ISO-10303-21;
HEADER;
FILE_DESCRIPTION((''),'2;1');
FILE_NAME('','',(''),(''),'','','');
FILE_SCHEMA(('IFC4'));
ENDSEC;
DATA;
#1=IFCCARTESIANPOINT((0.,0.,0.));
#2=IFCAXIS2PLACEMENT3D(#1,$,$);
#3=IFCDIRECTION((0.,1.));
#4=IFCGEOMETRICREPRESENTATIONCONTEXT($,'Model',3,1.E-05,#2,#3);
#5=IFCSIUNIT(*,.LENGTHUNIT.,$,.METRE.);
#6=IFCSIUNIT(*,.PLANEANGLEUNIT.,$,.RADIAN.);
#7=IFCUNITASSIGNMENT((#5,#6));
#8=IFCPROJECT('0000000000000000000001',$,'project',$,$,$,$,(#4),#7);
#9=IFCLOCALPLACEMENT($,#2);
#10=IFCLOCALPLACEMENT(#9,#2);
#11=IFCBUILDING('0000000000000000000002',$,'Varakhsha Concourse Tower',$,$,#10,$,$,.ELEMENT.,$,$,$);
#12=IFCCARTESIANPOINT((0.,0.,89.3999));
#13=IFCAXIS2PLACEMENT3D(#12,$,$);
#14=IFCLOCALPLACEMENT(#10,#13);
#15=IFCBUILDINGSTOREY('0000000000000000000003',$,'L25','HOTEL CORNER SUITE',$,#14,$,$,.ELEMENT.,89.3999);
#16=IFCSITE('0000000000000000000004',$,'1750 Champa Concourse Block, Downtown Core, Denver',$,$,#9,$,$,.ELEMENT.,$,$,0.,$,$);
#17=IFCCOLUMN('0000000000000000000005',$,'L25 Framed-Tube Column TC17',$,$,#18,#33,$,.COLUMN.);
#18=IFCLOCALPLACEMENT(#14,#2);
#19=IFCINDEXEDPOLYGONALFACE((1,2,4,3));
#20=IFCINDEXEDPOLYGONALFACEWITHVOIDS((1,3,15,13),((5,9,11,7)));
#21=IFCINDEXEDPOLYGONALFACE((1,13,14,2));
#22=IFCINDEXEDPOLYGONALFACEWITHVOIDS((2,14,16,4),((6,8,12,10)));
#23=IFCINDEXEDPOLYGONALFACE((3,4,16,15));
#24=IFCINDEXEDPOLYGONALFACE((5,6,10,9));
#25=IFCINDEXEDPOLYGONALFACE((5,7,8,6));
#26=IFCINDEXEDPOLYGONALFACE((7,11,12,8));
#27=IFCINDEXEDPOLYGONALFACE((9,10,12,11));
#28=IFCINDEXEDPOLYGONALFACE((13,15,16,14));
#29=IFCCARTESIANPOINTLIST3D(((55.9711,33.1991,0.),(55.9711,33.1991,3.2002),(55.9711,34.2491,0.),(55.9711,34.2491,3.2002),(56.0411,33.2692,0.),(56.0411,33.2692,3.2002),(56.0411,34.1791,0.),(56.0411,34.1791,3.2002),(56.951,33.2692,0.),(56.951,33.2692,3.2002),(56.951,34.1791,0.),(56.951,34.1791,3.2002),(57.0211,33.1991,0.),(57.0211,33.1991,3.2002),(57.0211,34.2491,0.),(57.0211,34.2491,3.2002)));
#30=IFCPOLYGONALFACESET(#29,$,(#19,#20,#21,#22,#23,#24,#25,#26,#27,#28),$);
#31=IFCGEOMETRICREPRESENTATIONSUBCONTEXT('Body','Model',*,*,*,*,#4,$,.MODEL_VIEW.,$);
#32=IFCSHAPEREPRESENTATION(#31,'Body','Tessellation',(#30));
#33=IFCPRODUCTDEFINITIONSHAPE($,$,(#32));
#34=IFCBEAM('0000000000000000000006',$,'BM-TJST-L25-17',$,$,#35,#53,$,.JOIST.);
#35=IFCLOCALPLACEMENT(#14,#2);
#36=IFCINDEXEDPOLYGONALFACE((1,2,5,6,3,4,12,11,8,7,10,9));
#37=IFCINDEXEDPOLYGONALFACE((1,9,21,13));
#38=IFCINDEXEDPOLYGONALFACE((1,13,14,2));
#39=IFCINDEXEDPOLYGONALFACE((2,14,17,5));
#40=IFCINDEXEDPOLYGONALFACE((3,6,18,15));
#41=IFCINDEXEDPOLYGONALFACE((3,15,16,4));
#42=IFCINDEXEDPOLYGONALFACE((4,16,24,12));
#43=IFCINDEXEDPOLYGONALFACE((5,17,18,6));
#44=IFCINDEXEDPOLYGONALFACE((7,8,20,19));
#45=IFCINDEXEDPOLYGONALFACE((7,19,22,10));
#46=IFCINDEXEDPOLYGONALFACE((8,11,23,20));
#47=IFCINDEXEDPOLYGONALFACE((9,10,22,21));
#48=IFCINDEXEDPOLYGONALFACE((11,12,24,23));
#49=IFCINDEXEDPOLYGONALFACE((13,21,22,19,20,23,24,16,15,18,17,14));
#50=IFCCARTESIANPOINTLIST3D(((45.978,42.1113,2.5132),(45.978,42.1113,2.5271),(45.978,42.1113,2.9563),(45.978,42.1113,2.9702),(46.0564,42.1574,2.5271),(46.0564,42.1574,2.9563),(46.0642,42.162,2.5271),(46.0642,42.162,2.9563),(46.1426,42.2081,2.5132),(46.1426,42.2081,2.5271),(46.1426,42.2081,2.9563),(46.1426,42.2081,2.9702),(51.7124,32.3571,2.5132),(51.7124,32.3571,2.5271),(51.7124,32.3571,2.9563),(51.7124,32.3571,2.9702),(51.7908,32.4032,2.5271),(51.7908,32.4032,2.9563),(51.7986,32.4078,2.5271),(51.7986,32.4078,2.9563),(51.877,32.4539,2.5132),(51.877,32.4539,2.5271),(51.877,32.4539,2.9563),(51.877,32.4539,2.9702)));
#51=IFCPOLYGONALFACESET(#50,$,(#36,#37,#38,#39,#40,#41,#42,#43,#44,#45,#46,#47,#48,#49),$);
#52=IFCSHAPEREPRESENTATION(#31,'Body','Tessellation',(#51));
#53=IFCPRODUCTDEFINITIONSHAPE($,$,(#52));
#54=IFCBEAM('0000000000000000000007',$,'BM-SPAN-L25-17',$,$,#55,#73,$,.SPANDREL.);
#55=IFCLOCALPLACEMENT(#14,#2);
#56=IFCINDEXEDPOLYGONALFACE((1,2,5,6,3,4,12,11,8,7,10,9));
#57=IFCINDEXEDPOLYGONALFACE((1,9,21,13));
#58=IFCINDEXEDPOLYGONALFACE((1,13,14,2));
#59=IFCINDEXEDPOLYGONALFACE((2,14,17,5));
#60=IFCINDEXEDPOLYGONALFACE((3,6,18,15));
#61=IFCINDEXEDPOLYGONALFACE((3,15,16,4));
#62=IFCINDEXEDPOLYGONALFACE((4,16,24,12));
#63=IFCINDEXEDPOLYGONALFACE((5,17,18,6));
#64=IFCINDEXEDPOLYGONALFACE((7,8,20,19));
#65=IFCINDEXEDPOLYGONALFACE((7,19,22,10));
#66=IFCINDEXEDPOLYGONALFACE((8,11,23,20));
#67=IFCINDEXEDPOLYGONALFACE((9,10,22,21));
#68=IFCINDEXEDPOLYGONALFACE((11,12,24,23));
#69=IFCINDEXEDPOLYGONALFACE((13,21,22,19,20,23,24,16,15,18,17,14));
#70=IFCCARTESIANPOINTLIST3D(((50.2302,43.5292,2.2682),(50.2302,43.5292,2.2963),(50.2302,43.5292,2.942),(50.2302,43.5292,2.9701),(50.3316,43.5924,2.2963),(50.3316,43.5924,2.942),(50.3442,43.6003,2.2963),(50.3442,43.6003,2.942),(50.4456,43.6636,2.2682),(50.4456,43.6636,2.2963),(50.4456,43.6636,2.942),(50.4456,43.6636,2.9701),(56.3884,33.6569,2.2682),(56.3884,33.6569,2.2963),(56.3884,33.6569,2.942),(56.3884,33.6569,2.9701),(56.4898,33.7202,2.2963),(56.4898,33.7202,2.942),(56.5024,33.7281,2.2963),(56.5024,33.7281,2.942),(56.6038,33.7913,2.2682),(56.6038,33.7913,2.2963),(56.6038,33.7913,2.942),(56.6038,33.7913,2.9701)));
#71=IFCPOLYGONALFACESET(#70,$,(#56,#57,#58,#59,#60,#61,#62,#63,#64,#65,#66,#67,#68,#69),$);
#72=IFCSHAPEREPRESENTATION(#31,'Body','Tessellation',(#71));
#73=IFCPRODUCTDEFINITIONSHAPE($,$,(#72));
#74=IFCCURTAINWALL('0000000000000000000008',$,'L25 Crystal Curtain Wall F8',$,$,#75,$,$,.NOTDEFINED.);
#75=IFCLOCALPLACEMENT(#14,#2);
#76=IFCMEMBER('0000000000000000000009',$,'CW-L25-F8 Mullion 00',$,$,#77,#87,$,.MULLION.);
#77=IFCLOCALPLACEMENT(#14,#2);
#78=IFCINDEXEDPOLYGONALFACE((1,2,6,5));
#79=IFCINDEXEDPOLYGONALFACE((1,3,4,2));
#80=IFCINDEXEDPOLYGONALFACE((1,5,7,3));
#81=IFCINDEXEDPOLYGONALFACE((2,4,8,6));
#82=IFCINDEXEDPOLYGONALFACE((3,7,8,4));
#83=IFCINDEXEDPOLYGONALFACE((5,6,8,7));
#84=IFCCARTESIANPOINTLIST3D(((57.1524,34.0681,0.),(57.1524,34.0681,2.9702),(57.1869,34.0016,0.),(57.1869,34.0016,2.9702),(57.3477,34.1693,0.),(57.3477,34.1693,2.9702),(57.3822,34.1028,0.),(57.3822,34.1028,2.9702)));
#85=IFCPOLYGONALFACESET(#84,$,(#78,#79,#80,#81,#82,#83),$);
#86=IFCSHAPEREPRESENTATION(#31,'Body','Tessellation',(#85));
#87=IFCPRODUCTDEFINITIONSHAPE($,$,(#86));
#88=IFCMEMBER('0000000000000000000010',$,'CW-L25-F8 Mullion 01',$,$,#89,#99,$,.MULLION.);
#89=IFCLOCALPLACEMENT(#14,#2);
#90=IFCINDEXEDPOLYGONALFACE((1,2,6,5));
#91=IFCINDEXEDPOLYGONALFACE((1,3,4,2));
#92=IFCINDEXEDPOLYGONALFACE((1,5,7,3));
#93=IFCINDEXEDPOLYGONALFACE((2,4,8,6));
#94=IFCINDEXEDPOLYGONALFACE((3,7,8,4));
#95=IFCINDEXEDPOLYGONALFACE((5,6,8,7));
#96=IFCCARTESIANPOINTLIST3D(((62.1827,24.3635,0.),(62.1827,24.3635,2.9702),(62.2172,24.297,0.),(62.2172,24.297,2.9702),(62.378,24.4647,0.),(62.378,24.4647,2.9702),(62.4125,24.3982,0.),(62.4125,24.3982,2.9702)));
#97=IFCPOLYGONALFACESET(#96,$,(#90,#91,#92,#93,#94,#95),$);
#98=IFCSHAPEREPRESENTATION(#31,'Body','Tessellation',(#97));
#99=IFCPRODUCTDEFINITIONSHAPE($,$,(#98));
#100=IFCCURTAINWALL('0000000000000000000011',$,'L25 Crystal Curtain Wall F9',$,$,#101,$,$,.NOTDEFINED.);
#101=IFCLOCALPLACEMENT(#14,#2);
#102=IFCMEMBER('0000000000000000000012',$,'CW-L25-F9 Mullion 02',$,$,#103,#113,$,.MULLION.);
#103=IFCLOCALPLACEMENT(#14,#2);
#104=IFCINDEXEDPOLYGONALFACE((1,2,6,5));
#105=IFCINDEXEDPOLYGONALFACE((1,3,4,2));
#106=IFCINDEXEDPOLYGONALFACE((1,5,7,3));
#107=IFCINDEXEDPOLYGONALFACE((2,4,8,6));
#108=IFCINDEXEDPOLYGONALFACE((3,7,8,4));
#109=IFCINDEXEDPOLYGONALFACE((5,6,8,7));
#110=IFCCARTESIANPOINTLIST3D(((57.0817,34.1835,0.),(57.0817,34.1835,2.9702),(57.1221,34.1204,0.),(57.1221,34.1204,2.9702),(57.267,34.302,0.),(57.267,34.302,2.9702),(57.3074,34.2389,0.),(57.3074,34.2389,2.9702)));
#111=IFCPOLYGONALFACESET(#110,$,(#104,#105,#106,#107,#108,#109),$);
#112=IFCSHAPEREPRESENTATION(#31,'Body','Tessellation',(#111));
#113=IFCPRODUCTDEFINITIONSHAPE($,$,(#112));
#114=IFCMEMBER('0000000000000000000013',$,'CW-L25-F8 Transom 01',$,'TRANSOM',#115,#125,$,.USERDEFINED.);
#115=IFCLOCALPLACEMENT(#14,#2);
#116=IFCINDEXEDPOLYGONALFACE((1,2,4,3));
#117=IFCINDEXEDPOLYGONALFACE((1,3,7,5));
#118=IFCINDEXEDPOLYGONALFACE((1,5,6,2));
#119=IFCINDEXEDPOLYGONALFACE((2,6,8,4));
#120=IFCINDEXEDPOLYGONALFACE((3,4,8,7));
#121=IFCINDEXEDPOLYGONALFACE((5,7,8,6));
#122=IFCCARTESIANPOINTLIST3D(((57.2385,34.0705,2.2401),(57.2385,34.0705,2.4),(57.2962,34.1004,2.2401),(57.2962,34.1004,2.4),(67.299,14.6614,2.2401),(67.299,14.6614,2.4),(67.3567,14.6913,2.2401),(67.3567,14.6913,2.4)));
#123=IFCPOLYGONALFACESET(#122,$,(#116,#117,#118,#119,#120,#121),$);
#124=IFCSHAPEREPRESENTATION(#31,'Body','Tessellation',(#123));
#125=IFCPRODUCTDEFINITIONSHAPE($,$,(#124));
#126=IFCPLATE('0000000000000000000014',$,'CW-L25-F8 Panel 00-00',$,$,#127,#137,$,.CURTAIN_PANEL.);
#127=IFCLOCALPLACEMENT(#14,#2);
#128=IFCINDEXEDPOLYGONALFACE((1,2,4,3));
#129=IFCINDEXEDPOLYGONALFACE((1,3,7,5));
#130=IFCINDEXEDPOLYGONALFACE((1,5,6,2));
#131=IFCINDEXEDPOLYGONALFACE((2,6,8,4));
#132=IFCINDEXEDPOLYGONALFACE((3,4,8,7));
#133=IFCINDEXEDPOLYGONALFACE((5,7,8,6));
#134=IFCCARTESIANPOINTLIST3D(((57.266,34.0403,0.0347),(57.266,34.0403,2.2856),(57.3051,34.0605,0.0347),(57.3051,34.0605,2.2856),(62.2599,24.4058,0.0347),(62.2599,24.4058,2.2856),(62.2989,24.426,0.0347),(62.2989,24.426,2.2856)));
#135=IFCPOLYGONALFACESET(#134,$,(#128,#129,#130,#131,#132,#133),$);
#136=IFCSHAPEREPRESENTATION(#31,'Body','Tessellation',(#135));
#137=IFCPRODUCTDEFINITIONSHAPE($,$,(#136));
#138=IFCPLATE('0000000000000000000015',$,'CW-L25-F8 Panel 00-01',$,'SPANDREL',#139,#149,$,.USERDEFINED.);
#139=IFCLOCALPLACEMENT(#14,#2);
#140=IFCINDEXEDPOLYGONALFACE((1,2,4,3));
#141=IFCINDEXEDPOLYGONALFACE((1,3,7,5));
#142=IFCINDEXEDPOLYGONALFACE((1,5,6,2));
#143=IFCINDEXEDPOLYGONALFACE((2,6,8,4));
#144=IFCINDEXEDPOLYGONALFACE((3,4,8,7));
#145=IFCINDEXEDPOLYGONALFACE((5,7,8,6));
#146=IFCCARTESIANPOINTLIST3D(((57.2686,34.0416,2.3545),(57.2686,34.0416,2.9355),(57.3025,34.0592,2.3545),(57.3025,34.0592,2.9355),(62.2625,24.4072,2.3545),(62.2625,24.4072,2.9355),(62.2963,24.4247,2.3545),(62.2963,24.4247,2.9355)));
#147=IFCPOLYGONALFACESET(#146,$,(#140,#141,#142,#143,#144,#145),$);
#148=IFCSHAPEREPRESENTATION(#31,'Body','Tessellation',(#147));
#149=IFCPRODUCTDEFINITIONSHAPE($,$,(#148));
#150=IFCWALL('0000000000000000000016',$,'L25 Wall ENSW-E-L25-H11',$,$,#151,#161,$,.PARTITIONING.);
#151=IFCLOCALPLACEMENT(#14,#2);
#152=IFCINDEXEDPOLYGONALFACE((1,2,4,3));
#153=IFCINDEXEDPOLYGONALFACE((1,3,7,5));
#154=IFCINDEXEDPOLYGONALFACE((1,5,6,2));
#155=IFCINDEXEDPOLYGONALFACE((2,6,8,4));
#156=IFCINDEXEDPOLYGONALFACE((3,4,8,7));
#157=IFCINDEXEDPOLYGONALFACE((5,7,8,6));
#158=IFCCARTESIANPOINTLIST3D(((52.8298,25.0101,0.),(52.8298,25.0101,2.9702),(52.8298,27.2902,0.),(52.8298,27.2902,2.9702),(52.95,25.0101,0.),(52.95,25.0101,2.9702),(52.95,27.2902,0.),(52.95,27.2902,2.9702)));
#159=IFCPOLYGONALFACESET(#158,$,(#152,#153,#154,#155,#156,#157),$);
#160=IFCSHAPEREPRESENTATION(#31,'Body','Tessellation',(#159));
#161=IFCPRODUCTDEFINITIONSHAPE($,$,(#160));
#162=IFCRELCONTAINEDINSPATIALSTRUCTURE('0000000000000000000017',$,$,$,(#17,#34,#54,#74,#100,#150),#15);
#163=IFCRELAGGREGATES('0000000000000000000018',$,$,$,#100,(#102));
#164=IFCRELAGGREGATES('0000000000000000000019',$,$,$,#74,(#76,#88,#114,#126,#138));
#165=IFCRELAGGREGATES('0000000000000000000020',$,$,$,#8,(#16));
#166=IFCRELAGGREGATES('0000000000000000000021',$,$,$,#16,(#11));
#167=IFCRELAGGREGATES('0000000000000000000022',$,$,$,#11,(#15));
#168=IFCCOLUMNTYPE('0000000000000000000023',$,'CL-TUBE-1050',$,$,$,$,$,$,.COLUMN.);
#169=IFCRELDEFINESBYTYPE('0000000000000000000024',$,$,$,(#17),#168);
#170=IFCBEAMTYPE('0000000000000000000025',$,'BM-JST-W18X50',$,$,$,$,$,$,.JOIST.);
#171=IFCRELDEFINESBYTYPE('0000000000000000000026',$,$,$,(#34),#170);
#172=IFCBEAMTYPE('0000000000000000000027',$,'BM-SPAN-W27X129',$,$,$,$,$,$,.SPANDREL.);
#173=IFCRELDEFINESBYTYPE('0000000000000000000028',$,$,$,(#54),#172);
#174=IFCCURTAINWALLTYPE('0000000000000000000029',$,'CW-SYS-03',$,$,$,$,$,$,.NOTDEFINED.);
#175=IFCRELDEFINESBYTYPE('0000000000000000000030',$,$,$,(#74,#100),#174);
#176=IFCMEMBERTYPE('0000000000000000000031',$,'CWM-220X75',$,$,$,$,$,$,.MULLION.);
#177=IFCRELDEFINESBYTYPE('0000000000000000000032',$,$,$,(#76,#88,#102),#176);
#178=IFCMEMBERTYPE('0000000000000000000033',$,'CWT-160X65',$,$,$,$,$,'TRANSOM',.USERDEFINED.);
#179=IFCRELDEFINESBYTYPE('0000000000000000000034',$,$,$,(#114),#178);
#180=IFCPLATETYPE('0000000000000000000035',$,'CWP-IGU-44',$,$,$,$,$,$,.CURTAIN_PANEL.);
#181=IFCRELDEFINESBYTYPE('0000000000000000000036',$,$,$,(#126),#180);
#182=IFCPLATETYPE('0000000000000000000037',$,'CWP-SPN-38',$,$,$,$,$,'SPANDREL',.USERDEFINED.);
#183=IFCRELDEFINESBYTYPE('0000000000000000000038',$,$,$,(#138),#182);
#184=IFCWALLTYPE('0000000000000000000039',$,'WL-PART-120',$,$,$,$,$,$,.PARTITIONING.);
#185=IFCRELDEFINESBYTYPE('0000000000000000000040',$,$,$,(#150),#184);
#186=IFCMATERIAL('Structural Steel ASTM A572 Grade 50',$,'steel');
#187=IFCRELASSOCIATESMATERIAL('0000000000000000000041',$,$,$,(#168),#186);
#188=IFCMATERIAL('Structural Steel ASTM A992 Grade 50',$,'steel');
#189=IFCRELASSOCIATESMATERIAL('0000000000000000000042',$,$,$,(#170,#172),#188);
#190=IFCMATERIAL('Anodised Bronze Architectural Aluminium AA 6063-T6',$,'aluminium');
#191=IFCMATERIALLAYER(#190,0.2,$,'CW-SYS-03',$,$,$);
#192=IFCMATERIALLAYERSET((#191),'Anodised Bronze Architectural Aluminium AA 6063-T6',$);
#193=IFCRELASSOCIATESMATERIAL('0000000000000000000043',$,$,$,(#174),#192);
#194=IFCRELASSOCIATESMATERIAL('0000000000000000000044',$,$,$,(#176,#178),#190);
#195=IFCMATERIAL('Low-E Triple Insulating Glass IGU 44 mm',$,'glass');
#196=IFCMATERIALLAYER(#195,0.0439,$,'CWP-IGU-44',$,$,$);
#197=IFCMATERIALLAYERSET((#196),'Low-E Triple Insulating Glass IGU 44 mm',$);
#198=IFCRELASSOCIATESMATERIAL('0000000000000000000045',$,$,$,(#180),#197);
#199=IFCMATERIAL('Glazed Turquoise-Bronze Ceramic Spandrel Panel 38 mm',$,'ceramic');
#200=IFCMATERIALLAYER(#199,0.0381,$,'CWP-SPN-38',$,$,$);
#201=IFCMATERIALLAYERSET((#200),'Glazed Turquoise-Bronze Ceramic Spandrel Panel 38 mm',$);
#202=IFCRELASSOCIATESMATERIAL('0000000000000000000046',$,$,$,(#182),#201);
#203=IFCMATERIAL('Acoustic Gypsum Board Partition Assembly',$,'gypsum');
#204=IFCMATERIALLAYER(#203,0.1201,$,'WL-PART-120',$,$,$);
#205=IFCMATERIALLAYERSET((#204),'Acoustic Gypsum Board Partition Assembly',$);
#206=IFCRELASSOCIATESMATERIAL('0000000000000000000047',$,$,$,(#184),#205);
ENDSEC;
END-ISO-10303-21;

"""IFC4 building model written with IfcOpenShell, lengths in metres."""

from ifc_helpers import new_model, si_unit, direction, frame, frame_2d, origin, origin_2d, place, context, subcontext, project, spatial, rectangle, hollow_rectangle, i_section, extrude, source, transform, mapped, material, layer, layer_set, material_profile, profile_set, type_object, type_shapes, element, aggregate, save


model = new_model("IFC4")

# Units and contexts
model_context = context("Model", 3, precision=1e-05, world=origin(), true_north=direction((0.0, 1.0)))
body_context = subcontext(model_context, "Body", "Model", "MODEL_VIEW")
ifc_project = project(units=[si_unit("LENGTHUNIT", "METRE"), si_unit("PLANEANGLEUNIT", "RADIAN")], contexts=[model_context])

# Site, building, storey
site_placement = place(None, origin())
site = spatial("IfcSite", under=ifc_project, at=site_placement, Name="1750 Champa Concourse Block, Downtown Core, Denver", CompositionType="ELEMENT", RefElevation=0.0)
building_placement = place(site_placement, origin())
building = spatial("IfcBuilding", under=site, at=building_placement, Name="Varakhsha Concourse Tower", CompositionType="ELEMENT")
storey_placement = place(building_placement, frame((0.0, 0.0, 89.3999)))
storey = spatial("IfcBuildingStorey", under=building, at=storey_placement, Name="L25", Description="HOTEL CORNER SUITE", CompositionType="ELEMENT", Elevation=89.3999)

# Column
ifc_material_1 = material(Name="Structural Steel ASTM A572 Grade 50", Category="steel")
ifc_material_profile_1 = material_profile(ifc_material_1, hollow_rectangle(XDim=1.05, YDim=1.05, WallThickness=0.0701, at=origin_2d()), Name="BOX 1050x1050x70")
ifc_profile_set_1 = profile_set([ifc_material_profile_1], Name="Structural Steel ASTM A572 Grade 50")
column_type = type_object("IfcColumnType", Name="CL-TUBE-1050", PredefinedType="COLUMN", material=ifc_profile_set_1)
column_placement = place(storey_placement, frame((56.4961, 33.7241, 0.0), z_axis=(0.0, 0.0, 1.0), x_axis=(1.0, 0.0, 0.0)))
element("IfcColumn", 1, at=column_placement, inside=storey, type_object=column_type, Name="L25 Framed-Tube Column TC17", PredefinedType="COLUMN", context=body_context, shape_type="SweptSolid", body=[
    extrude(hollow_rectangle(XDim=1.05, YDim=1.05, WallThickness=0.0701, at=origin_2d()), origin(), (0.0, 0.0, 1.0), 3.2002),
])

# Beams
ifc_material_2 = material(Name="Structural Steel ASTM A992 Grade 50", Category="steel")
ifc_material_profile_2 = material_profile(ifc_material_2, i_section(OverallWidth=0.1909, OverallDepth=0.457, WebThickness=0.009, FlangeThickness=0.0139, at=origin_2d()), Name="W18X50")
ifc_profile_set_2 = profile_set([ifc_material_profile_2], Name="Structural Steel ASTM A992 Grade 50")
beam_type_1 = type_object("IfcBeamType", Name="BM-JST-W18X50", PredefinedType="JOIST", material=ifc_profile_set_2)
beam_1_placement = place(storey_placement, frame((51.7947, 32.4055, 2.7417), z_axis=(-0.506799, 0.862064, 0.0), x_axis=(-0.862064, -0.506799, 0.0)))
element("IfcBeam", 2, at=beam_1_placement, inside=storey, type_object=beam_type_1, Name="BM-TJST-L25-17", PredefinedType="JOIST", context=body_context, shape_type="SweptSolid", body=[
    extrude(i_section(OverallWidth=0.1909, OverallDepth=0.457, WebThickness=0.009, FlangeThickness=0.0139, at=origin_2d()), origin(), (0.0, 0.0, 1.0), 11.3149),
])
ifc_material_profile_3 = material_profile(ifc_material_2, i_section(OverallWidth=0.2539, OverallDepth=0.7019, WebThickness=0.0149, FlangeThickness=0.0281, at=origin_2d()), Name="W27X129")
ifc_profile_set_3 = profile_set([ifc_material_profile_3], Name="Structural Steel ASTM A992 Grade 50")
beam_type_2 = type_object("IfcBeamType", Name="BM-SPAN-W27X129", PredefinedType="SPANDREL", material=ifc_profile_set_3)
beam_2_placement = place(storey_placement, frame((56.4961, 33.7241, 2.6191), z_axis=(-0.529258, 0.848461, 0.0), x_axis=(-0.848461, -0.529258, 0.0)))
element("IfcBeam", 3, at=beam_2_placement, inside=storey, type_object=beam_type_2, Name="BM-SPAN-L25-17", PredefinedType="SPANDREL", context=body_context, shape_type="SweptSolid", body=[
    extrude(i_section(OverallWidth=0.2539, OverallDepth=0.7019, WebThickness=0.0149, FlangeThickness=0.0281, at=origin_2d()), origin(), (0.0, 0.0, 1.0), 11.6355),
])

# Curtain wall, members
ifc_material_3 = material(Name="Anodised Bronze Architectural Aluminium AA 6063-T6", Category="aluminium")
ifc_layer_1 = layer(ifc_material_3, 0.2, Name="CW-SYS-03")
ifc_layer_set_1 = layer_set([ifc_layer_1], Name="Anodised Bronze Architectural Aluminium AA 6063-T6")
curtain_wall_type = type_object("IfcCurtainWallType", Name="CW-SYS-03", PredefinedType="NOTDEFINED", material=ifc_layer_set_1)
curtain_wall_1_placement = place(storey_placement, origin())
curtain_wall_1 = element("IfcCurtainWall", 4, at=curtain_wall_1_placement, inside=storey, type_object=curtain_wall_type, Name="L25 Crystal Curtain Wall F8", PredefinedType="NOTDEFINED")
ifc_material_profile_4 = material_profile(ifc_material_3, rectangle(XDim=0.075, YDim=0.22, at=origin_2d()), Name="CWM-220X75")
ifc_profile_set_4 = profile_set([ifc_material_profile_4], Name="Anodised Bronze Architectural Aluminium AA 6063-T6")
member_type_1 = type_object("IfcMemberType", Name="CWM-220X75", PredefinedType="MULLION", material=ifc_profile_set_4)
shared_shape_1 = source(origin(), body_context, "Body", "SweptSolid", [
    extrude(rectangle(XDim=0.075, YDim=0.22, at=origin_2d()), origin(), (0.0, 0.0, 1.0), 2.9702),
])
type_shapes(member_type_1, [shared_shape_1])
member_1_placement = place(storey_placement, frame((57.2673, 34.0854, 0.0), z_axis=(0.0, 0.0, 1.0), x_axis=(0.460186, -0.887823, 0.0)))
member_1 = element("IfcMember", 5, at=member_1_placement, type_object=member_type_1, Name="CW-L25-F8 Mullion 00", PredefinedType="MULLION", context=body_context, shape_type="MappedRepresentation", body=[
    mapped(shared_shape_1, transform((0.0, 0.0, 0.0), scale=1.0)),
])
member_2_placement = place(storey_placement, frame((62.2976, 24.3809, 0.0), z_axis=(0.0, 0.0, 1.0), x_axis=(0.460186, -0.887823, 0.0)))
member_2 = element("IfcMember", 6, at=member_2_placement, type_object=member_type_1, Name="CW-L25-F8 Mullion 01", PredefinedType="MULLION", context=body_context, shape_type="MappedRepresentation", body=[
    mapped(shared_shape_1, transform((0.0, 0.0, 0.0), scale=1.0)),
])

# Curtain wall, member
curtain_wall_2_placement = place(storey_placement, origin())
curtain_wall_2 = element("IfcCurtainWall", 7, at=curtain_wall_2_placement, inside=storey, type_object=curtain_wall_type, Name="L25 Crystal Curtain Wall F9", PredefinedType="NOTDEFINED")
member_3_placement = place(storey_placement, frame((57.1946, 34.2112, 0.0), z_axis=(0.0, 0.0, 1.0), x_axis=(0.538787, -0.842442, 0.0)))
member_3 = element("IfcMember", 8, at=member_3_placement, type_object=member_type_1, Name="CW-L25-F9 Mullion 02", PredefinedType="MULLION", context=body_context, shape_type="MappedRepresentation", body=[
    mapped(shared_shape_1, transform((0.0, 0.0, 0.0), scale=1.0)),
])
aggregate(curtain_wall_2, [member_3])

# Member
ifc_material_profile_5 = material_profile(ifc_material_3, rectangle(XDim=0.0649, YDim=0.1599, at=origin_2d()), Name="CWT-160X65")
ifc_profile_set_5 = profile_set([ifc_material_profile_5], Name="Anodised Bronze Architectural Aluminium AA 6063-T6")
member_type_2 = type_object("IfcMemberType", Name="CWT-160X65", ElementType="TRANSOM", PredefinedType="USERDEFINED", material=ifc_profile_set_5)
shared_shape_2 = source(origin(), body_context, "Body", "SweptSolid", [
    extrude(rectangle(XDim=0.0649, YDim=0.1599, at=origin_2d()), origin(), (0.0, 0.0, 1.0), 21.8616),
])
type_shapes(member_type_2, [shared_shape_2])
member_4_placement = place(storey_placement, frame((57.2673, 34.0854, 2.3201), z_axis=(0.460192, -0.887819, 0.0), x_axis=(0.887819, 0.460192, 0.0)))
member_4 = element("IfcMember", 9, at=member_4_placement, type_object=member_type_2, Name="CW-L25-F8 Transom 01", ObjectType="TRANSOM", PredefinedType="USERDEFINED", context=body_context, shape_type="MappedRepresentation", body=[
    mapped(shared_shape_2, transform((0.0, 0.0, 0.0), scale=1.0)),
])

# Plates
ifc_material_4 = material(Name="Low-E Triple Insulating Glass IGU 44 mm", Category="glass")
ifc_layer_2 = layer(ifc_material_4, 0.0439, Name="CWP-IGU-44")
ifc_layer_set_2 = layer_set([ifc_layer_2], Name="Low-E Triple Insulating Glass IGU 44 mm")
plate_type_1 = type_object("IfcPlateType", Name="CWP-IGU-44", PredefinedType="CURTAIN_PANEL", material=ifc_layer_set_2)
shared_shape_3 = source(origin(), body_context, "Body", "SweptSolid", [
    extrude(rectangle(XDim=10.8518, YDim=0.0439, at=origin_2d()), origin(), (0.0, 0.0, 1.0), 2.251),
])
type_shapes(plate_type_1, [shared_shape_3])
plate_1_placement = place(storey_placement, frame((59.7825, 29.2332, 0.0347), z_axis=(0.0, 0.0, 1.0), x_axis=(0.460186, -0.887823, 0.0)))
plate_1 = element("IfcPlate", 10, at=plate_1_placement, type_object=plate_type_1, Name="CW-L25-F8 Panel 00-00", PredefinedType="CURTAIN_PANEL", context=body_context, shape_type="MappedRepresentation", body=[
    mapped(shared_shape_3, transform((0.0, 0.0, 0.0), scale=1.0)),
])
ifc_material_5 = material(Name="Glazed Turquoise-Bronze Ceramic Spandrel Panel 38 mm", Category="ceramic")
ifc_layer_3 = layer(ifc_material_5, 0.0381, Name="CWP-SPN-38")
ifc_layer_set_3 = layer_set([ifc_layer_3], Name="Glazed Turquoise-Bronze Ceramic Spandrel Panel 38 mm")
plate_type_2 = type_object("IfcPlateType", Name="CWP-SPN-38", ElementType="SPANDREL", PredefinedType="USERDEFINED", material=ifc_layer_set_3)
shared_shape_4 = source(origin(), body_context, "Body", "SweptSolid", [
    extrude(rectangle(XDim=10.8518, YDim=0.0381, at=origin_2d()), origin(), (0.0, 0.0, 1.0), 0.5811),
])
type_shapes(plate_type_2, [shared_shape_4])
plate_2_placement = place(storey_placement, frame((59.7825, 29.2332, 2.3545), z_axis=(0.0, 0.0, 1.0), x_axis=(0.460186, -0.887823, 0.0)))
plate_2 = element("IfcPlate", 11, at=plate_2_placement, type_object=plate_type_2, Name="CW-L25-F8 Panel 00-01", ObjectType="SPANDREL", PredefinedType="USERDEFINED", context=body_context, shape_type="MappedRepresentation", body=[
    mapped(shared_shape_4, transform((0.0, 0.0, 0.0), scale=1.0)),
])
aggregate(curtain_wall_1, [member_1, member_2, member_4, plate_1, plate_2])

# Wall
ifc_material_6 = material(Name="Acoustic Gypsum Board Partition Assembly", Category="gypsum")
ifc_layer_4 = layer(ifc_material_6, 0.1201, Name="WL-PART-120")
ifc_layer_set_4 = layer_set([ifc_layer_4], Name="Acoustic Gypsum Board Partition Assembly")
wall_type_1 = type_object("IfcWallType", Name="WL-PART-120", PredefinedType="PARTITIONING", material=ifc_layer_set_4)
wall_1_placement = place(storey_placement, frame((52.8899, 25.01, 0.0), z_axis=(0.0, 0.0, 1.0), x_axis=(0.0, 1.0, 0.0)))
element("IfcWall", 12, at=wall_1_placement, inside=storey, type_object=wall_type_1, Name="L25 Wall ENSW-E-L25-H11", PredefinedType="PARTITIONING", context=body_context, shape_type="SweptSolid", body=[
    extrude(rectangle(XDim=2.28, YDim=0.1201, at=frame_2d((1.1401, 0.0))), origin(), (0.0, 0.0, 1.0), 2.9702),
])

save(model, "model.ifc")
